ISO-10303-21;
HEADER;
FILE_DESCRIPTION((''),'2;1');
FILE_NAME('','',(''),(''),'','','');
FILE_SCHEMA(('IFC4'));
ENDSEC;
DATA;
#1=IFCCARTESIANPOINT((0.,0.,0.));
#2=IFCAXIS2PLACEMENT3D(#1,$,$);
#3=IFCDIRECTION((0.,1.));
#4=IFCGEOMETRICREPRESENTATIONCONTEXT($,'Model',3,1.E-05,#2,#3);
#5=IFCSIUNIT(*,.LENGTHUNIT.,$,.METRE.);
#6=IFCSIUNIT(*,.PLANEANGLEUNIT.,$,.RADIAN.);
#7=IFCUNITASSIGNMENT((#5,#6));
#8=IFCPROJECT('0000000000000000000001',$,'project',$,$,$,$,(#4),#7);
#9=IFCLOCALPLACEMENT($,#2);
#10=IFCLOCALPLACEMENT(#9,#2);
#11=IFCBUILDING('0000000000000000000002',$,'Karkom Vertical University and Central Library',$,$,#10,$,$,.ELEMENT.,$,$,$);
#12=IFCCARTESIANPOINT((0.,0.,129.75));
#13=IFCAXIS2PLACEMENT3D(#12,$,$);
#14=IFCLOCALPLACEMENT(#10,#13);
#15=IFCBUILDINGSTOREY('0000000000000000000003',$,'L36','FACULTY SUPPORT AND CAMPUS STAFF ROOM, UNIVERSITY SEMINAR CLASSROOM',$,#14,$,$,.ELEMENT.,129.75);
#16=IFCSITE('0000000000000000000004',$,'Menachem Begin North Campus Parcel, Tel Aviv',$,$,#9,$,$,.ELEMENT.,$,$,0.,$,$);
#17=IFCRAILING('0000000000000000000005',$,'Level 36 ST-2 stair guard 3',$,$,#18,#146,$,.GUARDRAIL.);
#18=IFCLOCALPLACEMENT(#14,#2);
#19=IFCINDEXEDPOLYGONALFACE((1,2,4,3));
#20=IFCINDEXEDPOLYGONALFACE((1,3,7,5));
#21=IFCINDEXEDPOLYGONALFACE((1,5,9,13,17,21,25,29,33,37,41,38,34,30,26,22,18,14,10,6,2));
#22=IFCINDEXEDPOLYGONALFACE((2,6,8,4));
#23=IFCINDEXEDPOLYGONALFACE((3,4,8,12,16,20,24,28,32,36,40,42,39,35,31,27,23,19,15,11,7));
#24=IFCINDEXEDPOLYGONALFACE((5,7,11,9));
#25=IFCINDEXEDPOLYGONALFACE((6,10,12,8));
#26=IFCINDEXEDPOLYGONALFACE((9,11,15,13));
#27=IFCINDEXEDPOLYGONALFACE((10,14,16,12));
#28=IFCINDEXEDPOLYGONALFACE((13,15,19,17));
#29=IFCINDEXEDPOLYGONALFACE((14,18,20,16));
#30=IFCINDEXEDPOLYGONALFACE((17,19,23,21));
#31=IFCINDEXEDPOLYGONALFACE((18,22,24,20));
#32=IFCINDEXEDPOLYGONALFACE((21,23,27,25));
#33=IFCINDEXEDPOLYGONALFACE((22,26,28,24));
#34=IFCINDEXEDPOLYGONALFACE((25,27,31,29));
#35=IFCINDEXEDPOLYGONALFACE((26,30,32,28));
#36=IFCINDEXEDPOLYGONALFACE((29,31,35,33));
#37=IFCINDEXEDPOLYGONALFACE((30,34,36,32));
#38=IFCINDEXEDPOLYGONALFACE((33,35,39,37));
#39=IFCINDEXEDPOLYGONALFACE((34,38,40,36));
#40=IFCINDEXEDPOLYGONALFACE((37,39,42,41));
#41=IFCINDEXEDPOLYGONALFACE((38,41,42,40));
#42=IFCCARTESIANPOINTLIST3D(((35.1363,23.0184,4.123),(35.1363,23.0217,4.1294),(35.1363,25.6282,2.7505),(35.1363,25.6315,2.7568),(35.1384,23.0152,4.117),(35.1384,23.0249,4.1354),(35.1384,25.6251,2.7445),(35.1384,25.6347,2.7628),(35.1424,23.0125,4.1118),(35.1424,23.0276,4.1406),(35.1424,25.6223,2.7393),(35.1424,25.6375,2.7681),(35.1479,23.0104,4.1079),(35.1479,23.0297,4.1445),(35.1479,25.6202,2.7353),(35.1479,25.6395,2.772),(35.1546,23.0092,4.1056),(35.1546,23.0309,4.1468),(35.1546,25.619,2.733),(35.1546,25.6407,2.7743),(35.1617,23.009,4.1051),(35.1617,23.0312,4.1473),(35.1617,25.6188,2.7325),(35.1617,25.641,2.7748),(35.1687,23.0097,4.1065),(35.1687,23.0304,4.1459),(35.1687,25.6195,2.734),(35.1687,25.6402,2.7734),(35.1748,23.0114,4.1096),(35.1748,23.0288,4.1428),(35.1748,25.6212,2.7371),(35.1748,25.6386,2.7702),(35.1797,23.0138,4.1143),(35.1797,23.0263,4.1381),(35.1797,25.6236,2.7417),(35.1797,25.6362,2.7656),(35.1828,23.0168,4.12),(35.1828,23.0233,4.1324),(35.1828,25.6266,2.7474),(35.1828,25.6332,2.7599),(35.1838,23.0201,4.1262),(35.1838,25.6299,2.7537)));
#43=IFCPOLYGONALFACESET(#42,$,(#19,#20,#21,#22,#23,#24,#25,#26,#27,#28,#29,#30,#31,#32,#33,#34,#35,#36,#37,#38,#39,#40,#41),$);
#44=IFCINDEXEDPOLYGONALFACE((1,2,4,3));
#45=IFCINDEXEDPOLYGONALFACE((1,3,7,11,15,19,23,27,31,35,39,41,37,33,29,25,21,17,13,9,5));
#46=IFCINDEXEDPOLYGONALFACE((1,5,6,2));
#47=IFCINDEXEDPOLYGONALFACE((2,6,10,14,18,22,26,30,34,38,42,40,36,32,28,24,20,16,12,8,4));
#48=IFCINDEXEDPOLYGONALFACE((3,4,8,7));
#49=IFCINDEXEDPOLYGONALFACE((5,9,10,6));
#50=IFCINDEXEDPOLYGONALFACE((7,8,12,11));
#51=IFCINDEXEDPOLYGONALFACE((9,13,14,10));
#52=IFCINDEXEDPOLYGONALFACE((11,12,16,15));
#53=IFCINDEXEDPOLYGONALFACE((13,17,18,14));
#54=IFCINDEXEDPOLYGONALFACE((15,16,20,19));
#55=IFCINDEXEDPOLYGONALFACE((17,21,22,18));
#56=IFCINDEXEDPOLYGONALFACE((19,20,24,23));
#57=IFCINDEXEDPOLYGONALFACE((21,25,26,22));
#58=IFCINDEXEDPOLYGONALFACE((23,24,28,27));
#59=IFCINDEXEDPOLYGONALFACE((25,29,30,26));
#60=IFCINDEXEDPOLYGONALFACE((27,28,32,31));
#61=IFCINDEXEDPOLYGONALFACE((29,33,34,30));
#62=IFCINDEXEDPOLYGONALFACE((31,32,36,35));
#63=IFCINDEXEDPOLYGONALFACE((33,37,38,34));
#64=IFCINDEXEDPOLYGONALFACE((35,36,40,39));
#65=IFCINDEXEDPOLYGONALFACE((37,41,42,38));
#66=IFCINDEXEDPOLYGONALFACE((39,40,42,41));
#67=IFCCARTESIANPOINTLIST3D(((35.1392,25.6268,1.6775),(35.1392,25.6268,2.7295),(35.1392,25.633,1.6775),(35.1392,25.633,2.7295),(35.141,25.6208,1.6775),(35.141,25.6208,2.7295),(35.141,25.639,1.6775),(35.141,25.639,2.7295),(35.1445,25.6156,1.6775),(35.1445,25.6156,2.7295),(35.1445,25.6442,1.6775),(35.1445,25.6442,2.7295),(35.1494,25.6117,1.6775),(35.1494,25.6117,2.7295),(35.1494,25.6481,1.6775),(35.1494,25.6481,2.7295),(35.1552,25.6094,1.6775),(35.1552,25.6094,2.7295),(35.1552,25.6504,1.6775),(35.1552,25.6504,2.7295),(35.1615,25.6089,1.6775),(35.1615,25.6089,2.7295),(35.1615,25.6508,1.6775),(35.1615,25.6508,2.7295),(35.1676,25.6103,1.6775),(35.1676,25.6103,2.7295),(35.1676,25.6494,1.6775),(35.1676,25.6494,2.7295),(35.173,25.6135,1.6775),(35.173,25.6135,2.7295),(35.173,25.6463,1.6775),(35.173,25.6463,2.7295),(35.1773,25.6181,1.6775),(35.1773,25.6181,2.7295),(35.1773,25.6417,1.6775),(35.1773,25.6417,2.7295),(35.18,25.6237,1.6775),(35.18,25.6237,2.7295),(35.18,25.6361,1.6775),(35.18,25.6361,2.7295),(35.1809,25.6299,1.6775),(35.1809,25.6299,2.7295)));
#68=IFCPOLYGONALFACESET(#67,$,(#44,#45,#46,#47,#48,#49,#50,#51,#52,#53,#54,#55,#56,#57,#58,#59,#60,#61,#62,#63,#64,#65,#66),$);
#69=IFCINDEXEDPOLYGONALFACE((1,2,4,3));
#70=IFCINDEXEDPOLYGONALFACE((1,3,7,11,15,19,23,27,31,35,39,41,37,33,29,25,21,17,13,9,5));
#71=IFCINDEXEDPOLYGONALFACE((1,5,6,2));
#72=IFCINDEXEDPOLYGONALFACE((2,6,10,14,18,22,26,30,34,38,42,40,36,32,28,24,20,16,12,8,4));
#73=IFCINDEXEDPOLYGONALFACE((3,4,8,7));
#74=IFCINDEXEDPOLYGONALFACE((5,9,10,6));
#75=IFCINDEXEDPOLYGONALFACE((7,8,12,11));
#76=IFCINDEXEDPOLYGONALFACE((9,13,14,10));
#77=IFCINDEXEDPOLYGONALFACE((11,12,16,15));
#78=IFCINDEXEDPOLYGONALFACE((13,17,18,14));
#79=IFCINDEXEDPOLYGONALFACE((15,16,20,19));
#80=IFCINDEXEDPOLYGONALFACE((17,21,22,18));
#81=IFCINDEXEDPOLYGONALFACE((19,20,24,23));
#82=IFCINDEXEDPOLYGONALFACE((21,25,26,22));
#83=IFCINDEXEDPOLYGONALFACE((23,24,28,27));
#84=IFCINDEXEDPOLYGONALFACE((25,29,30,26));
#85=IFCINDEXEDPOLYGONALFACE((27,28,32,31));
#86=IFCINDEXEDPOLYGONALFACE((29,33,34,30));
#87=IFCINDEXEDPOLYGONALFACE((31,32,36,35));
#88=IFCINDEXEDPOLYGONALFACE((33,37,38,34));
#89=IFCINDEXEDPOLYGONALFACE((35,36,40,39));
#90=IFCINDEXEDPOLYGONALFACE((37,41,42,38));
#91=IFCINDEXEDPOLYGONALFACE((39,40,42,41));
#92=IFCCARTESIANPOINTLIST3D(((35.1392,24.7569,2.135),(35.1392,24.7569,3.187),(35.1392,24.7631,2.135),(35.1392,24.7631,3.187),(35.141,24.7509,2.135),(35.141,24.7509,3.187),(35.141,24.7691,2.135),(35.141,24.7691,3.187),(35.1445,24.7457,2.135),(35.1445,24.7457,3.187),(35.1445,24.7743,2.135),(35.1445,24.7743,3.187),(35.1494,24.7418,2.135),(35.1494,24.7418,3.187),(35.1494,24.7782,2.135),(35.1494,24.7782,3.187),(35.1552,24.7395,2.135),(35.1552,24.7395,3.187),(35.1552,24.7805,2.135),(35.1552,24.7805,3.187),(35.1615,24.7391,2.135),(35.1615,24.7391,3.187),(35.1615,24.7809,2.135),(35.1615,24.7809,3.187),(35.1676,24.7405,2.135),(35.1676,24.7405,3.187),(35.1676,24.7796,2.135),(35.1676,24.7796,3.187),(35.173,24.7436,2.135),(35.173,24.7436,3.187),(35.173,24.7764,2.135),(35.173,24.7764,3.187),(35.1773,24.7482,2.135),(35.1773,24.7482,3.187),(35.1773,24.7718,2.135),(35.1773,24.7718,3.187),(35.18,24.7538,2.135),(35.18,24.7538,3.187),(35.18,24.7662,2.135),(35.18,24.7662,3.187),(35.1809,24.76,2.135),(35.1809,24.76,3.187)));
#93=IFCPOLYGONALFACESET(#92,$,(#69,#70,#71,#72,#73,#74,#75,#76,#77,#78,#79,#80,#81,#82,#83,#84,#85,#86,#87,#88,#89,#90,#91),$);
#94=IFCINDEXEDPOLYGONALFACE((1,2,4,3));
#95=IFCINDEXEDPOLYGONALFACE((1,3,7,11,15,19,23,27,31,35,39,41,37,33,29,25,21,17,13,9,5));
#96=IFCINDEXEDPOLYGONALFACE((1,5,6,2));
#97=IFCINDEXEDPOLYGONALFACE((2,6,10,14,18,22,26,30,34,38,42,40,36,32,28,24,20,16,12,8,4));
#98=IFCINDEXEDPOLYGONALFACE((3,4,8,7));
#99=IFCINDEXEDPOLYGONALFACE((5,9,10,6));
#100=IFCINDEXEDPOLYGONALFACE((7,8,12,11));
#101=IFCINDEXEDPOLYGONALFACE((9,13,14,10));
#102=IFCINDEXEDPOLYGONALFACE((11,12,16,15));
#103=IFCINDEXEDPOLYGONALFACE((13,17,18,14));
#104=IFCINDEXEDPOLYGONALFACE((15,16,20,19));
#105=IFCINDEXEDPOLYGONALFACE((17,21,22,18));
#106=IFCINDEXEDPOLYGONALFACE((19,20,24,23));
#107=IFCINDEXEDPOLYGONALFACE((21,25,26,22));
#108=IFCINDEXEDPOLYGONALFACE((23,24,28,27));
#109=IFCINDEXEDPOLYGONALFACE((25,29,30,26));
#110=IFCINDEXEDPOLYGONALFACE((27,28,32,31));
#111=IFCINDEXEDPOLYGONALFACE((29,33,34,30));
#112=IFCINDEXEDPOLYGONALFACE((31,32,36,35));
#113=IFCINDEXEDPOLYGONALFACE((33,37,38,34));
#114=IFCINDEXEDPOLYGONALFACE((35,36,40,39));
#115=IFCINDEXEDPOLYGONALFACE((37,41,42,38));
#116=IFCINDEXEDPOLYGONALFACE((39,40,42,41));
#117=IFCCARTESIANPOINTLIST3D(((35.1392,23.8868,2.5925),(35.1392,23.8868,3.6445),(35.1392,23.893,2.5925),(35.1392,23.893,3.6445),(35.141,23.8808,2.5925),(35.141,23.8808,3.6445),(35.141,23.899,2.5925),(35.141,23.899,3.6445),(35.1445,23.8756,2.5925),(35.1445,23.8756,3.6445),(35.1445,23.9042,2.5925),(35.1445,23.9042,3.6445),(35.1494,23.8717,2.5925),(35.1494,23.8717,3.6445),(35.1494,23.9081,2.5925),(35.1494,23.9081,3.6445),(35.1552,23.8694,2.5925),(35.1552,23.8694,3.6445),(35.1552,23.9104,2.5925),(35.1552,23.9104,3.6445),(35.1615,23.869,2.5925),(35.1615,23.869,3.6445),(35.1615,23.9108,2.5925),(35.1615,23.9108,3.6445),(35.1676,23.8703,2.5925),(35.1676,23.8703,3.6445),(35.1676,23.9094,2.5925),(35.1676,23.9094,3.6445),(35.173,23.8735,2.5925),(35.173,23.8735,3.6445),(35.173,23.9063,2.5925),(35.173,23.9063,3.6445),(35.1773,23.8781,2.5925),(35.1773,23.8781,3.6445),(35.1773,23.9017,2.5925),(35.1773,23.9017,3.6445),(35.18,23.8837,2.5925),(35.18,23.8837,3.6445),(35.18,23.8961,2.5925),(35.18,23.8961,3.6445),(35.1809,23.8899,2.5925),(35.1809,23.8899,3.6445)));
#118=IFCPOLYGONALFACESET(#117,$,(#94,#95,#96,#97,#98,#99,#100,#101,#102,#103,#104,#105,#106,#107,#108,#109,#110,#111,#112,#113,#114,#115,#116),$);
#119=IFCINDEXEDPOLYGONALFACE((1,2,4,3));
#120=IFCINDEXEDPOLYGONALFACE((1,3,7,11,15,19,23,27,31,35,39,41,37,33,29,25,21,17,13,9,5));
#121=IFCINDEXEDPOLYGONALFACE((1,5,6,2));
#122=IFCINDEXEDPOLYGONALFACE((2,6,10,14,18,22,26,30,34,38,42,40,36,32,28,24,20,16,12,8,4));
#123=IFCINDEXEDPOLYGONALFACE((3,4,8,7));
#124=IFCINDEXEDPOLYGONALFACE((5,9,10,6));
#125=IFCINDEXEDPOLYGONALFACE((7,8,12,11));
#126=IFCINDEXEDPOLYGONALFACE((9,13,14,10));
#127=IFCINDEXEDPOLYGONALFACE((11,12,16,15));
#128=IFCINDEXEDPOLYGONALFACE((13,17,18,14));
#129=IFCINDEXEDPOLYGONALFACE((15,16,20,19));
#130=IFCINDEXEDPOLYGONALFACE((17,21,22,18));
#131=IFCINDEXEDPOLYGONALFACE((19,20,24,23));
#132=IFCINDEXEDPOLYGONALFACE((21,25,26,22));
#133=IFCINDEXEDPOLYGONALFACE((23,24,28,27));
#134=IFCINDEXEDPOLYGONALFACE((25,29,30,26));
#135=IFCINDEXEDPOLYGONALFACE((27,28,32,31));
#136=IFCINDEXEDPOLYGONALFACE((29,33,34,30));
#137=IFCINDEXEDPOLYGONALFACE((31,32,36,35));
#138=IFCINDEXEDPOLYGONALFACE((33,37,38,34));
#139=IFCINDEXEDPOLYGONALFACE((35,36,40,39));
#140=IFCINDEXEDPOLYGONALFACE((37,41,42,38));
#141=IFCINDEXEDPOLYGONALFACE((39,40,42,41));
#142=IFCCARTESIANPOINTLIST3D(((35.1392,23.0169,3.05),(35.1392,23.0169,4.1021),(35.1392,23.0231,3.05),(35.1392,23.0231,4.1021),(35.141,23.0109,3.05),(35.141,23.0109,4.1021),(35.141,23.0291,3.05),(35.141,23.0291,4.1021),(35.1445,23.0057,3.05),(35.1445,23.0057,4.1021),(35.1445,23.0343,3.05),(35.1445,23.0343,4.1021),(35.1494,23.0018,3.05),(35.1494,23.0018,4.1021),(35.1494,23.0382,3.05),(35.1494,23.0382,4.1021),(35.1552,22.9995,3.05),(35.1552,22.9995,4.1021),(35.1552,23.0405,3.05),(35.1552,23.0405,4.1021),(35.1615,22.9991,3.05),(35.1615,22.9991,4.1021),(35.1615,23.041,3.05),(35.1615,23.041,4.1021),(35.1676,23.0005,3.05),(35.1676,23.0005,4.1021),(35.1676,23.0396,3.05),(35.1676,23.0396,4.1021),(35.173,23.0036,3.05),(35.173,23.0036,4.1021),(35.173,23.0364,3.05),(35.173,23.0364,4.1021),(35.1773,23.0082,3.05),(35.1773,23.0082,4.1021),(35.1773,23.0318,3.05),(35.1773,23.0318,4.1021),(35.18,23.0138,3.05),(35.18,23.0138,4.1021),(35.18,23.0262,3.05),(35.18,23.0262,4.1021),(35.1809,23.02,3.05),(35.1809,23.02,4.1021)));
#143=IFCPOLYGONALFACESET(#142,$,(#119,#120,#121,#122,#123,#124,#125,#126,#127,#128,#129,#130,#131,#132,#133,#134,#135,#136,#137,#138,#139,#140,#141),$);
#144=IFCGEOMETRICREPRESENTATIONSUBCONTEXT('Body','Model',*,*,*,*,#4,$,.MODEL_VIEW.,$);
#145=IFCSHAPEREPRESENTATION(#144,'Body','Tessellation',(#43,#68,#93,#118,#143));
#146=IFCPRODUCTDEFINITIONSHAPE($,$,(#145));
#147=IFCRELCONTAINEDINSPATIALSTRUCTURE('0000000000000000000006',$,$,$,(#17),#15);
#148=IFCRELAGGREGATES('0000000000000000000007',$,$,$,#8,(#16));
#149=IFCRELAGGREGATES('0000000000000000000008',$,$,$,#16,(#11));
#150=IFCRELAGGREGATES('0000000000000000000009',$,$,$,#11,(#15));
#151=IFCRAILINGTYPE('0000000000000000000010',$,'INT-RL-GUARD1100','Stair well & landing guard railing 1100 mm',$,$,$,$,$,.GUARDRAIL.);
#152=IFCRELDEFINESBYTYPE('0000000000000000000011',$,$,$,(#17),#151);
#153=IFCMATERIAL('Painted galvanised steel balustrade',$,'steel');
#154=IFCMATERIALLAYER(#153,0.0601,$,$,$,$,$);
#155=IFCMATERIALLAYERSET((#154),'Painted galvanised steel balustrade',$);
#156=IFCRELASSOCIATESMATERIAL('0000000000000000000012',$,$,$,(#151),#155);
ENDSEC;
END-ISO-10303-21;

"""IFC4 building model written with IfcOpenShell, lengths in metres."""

from ifc_helpers import new_model, si_unit, direction, frame, origin, origin_2d, place, context, subcontext, project, spatial, circle, extrude, material, layer, layer_set, type_object, element, save


model = new_model("IFC4")

# Units and contexts
model_context = context("Model", 3, precision=1e-05, world=origin(), true_north=direction((0.0, 1.0)))
body_context = subcontext(model_context, "Body", "Model", "MODEL_VIEW")
ifc_project = project(units=[si_unit("LENGTHUNIT", "METRE"), si_unit("PLANEANGLEUNIT", "RADIAN")], contexts=[model_context])

# Site, building, storey
site_placement = place(None, origin())
site = spatial("IfcSite", under=ifc_project, at=site_placement, Name="Menachem Begin North Campus Parcel, Tel Aviv", CompositionType="ELEMENT", RefElevation=0.0)
building_placement = place(site_placement, origin())
building = spatial("IfcBuilding", under=site, at=building_placement, Name="Karkom Vertical University and Central Library", CompositionType="ELEMENT")
storey_placement = place(building_placement, frame((0.0, 0.0, 129.75)))
storey = spatial("IfcBuildingStorey", under=building, at=storey_placement, Name="L36", Description="FACULTY SUPPORT AND CAMPUS STAFF ROOM, UNIVERSITY SEMINAR CLASSROOM", CompositionType="ELEMENT", Elevation=129.75)

# Railing
ifc_material_1 = material(Name="Painted galvanised steel balustrade", Category="steel")
ifc_layer_1 = layer(ifc_material_1, 0.0601)
ifc_layer_set_1 = layer_set([ifc_layer_1], Name="Painted galvanised steel balustrade")
railing_type_1 = type_object("IfcRailingType", Name="INT-RL-GUARD1100", Description="Stair well & landing guard railing 1100 mm", PredefinedType="GUARDRAIL", material=ifc_layer_set_1)
railing_1_placement = place(storey_placement, frame((35.1599, 25.6299, 1.6775)))
element("IfcRailing", 1, at=railing_1_placement, inside=storey, type_object=railing_type_1, Name="Level 36 ST-2 stair guard 3", PredefinedType="GUARDRAIL", context=body_context, shape_type="SweptSolid", body=[
    extrude(circle(Radius=0.0239, at=origin_2d()), frame((0.0, 0.0, 1.0762), z_axis=(0.0, -0.885065, 0.465467), x_axis=(1.0, 0.0, 0.0)), (0.0, 0.0, 1.0), 2.9487),
    extrude(circle(Radius=0.021, at=origin_2d()), origin(), (0.0, 0.0, 1.0), 1.052),
    extrude(circle(Radius=0.021, at=origin_2d()), frame((0.0, -0.8699, 0.4575)), (0.0, 0.0, 1.0), 1.052),
    extrude(circle(Radius=0.021, at=origin_2d()), frame((0.0, -1.74, 0.915)), (0.0, 0.0, 1.0), 1.052),
    extrude(circle(Radius=0.021, at=origin_2d()), frame((0.0, -2.6099, 1.3726)), (0.0, 0.0, 1.0), 1.052),
])

save(model, "model.ifc")
